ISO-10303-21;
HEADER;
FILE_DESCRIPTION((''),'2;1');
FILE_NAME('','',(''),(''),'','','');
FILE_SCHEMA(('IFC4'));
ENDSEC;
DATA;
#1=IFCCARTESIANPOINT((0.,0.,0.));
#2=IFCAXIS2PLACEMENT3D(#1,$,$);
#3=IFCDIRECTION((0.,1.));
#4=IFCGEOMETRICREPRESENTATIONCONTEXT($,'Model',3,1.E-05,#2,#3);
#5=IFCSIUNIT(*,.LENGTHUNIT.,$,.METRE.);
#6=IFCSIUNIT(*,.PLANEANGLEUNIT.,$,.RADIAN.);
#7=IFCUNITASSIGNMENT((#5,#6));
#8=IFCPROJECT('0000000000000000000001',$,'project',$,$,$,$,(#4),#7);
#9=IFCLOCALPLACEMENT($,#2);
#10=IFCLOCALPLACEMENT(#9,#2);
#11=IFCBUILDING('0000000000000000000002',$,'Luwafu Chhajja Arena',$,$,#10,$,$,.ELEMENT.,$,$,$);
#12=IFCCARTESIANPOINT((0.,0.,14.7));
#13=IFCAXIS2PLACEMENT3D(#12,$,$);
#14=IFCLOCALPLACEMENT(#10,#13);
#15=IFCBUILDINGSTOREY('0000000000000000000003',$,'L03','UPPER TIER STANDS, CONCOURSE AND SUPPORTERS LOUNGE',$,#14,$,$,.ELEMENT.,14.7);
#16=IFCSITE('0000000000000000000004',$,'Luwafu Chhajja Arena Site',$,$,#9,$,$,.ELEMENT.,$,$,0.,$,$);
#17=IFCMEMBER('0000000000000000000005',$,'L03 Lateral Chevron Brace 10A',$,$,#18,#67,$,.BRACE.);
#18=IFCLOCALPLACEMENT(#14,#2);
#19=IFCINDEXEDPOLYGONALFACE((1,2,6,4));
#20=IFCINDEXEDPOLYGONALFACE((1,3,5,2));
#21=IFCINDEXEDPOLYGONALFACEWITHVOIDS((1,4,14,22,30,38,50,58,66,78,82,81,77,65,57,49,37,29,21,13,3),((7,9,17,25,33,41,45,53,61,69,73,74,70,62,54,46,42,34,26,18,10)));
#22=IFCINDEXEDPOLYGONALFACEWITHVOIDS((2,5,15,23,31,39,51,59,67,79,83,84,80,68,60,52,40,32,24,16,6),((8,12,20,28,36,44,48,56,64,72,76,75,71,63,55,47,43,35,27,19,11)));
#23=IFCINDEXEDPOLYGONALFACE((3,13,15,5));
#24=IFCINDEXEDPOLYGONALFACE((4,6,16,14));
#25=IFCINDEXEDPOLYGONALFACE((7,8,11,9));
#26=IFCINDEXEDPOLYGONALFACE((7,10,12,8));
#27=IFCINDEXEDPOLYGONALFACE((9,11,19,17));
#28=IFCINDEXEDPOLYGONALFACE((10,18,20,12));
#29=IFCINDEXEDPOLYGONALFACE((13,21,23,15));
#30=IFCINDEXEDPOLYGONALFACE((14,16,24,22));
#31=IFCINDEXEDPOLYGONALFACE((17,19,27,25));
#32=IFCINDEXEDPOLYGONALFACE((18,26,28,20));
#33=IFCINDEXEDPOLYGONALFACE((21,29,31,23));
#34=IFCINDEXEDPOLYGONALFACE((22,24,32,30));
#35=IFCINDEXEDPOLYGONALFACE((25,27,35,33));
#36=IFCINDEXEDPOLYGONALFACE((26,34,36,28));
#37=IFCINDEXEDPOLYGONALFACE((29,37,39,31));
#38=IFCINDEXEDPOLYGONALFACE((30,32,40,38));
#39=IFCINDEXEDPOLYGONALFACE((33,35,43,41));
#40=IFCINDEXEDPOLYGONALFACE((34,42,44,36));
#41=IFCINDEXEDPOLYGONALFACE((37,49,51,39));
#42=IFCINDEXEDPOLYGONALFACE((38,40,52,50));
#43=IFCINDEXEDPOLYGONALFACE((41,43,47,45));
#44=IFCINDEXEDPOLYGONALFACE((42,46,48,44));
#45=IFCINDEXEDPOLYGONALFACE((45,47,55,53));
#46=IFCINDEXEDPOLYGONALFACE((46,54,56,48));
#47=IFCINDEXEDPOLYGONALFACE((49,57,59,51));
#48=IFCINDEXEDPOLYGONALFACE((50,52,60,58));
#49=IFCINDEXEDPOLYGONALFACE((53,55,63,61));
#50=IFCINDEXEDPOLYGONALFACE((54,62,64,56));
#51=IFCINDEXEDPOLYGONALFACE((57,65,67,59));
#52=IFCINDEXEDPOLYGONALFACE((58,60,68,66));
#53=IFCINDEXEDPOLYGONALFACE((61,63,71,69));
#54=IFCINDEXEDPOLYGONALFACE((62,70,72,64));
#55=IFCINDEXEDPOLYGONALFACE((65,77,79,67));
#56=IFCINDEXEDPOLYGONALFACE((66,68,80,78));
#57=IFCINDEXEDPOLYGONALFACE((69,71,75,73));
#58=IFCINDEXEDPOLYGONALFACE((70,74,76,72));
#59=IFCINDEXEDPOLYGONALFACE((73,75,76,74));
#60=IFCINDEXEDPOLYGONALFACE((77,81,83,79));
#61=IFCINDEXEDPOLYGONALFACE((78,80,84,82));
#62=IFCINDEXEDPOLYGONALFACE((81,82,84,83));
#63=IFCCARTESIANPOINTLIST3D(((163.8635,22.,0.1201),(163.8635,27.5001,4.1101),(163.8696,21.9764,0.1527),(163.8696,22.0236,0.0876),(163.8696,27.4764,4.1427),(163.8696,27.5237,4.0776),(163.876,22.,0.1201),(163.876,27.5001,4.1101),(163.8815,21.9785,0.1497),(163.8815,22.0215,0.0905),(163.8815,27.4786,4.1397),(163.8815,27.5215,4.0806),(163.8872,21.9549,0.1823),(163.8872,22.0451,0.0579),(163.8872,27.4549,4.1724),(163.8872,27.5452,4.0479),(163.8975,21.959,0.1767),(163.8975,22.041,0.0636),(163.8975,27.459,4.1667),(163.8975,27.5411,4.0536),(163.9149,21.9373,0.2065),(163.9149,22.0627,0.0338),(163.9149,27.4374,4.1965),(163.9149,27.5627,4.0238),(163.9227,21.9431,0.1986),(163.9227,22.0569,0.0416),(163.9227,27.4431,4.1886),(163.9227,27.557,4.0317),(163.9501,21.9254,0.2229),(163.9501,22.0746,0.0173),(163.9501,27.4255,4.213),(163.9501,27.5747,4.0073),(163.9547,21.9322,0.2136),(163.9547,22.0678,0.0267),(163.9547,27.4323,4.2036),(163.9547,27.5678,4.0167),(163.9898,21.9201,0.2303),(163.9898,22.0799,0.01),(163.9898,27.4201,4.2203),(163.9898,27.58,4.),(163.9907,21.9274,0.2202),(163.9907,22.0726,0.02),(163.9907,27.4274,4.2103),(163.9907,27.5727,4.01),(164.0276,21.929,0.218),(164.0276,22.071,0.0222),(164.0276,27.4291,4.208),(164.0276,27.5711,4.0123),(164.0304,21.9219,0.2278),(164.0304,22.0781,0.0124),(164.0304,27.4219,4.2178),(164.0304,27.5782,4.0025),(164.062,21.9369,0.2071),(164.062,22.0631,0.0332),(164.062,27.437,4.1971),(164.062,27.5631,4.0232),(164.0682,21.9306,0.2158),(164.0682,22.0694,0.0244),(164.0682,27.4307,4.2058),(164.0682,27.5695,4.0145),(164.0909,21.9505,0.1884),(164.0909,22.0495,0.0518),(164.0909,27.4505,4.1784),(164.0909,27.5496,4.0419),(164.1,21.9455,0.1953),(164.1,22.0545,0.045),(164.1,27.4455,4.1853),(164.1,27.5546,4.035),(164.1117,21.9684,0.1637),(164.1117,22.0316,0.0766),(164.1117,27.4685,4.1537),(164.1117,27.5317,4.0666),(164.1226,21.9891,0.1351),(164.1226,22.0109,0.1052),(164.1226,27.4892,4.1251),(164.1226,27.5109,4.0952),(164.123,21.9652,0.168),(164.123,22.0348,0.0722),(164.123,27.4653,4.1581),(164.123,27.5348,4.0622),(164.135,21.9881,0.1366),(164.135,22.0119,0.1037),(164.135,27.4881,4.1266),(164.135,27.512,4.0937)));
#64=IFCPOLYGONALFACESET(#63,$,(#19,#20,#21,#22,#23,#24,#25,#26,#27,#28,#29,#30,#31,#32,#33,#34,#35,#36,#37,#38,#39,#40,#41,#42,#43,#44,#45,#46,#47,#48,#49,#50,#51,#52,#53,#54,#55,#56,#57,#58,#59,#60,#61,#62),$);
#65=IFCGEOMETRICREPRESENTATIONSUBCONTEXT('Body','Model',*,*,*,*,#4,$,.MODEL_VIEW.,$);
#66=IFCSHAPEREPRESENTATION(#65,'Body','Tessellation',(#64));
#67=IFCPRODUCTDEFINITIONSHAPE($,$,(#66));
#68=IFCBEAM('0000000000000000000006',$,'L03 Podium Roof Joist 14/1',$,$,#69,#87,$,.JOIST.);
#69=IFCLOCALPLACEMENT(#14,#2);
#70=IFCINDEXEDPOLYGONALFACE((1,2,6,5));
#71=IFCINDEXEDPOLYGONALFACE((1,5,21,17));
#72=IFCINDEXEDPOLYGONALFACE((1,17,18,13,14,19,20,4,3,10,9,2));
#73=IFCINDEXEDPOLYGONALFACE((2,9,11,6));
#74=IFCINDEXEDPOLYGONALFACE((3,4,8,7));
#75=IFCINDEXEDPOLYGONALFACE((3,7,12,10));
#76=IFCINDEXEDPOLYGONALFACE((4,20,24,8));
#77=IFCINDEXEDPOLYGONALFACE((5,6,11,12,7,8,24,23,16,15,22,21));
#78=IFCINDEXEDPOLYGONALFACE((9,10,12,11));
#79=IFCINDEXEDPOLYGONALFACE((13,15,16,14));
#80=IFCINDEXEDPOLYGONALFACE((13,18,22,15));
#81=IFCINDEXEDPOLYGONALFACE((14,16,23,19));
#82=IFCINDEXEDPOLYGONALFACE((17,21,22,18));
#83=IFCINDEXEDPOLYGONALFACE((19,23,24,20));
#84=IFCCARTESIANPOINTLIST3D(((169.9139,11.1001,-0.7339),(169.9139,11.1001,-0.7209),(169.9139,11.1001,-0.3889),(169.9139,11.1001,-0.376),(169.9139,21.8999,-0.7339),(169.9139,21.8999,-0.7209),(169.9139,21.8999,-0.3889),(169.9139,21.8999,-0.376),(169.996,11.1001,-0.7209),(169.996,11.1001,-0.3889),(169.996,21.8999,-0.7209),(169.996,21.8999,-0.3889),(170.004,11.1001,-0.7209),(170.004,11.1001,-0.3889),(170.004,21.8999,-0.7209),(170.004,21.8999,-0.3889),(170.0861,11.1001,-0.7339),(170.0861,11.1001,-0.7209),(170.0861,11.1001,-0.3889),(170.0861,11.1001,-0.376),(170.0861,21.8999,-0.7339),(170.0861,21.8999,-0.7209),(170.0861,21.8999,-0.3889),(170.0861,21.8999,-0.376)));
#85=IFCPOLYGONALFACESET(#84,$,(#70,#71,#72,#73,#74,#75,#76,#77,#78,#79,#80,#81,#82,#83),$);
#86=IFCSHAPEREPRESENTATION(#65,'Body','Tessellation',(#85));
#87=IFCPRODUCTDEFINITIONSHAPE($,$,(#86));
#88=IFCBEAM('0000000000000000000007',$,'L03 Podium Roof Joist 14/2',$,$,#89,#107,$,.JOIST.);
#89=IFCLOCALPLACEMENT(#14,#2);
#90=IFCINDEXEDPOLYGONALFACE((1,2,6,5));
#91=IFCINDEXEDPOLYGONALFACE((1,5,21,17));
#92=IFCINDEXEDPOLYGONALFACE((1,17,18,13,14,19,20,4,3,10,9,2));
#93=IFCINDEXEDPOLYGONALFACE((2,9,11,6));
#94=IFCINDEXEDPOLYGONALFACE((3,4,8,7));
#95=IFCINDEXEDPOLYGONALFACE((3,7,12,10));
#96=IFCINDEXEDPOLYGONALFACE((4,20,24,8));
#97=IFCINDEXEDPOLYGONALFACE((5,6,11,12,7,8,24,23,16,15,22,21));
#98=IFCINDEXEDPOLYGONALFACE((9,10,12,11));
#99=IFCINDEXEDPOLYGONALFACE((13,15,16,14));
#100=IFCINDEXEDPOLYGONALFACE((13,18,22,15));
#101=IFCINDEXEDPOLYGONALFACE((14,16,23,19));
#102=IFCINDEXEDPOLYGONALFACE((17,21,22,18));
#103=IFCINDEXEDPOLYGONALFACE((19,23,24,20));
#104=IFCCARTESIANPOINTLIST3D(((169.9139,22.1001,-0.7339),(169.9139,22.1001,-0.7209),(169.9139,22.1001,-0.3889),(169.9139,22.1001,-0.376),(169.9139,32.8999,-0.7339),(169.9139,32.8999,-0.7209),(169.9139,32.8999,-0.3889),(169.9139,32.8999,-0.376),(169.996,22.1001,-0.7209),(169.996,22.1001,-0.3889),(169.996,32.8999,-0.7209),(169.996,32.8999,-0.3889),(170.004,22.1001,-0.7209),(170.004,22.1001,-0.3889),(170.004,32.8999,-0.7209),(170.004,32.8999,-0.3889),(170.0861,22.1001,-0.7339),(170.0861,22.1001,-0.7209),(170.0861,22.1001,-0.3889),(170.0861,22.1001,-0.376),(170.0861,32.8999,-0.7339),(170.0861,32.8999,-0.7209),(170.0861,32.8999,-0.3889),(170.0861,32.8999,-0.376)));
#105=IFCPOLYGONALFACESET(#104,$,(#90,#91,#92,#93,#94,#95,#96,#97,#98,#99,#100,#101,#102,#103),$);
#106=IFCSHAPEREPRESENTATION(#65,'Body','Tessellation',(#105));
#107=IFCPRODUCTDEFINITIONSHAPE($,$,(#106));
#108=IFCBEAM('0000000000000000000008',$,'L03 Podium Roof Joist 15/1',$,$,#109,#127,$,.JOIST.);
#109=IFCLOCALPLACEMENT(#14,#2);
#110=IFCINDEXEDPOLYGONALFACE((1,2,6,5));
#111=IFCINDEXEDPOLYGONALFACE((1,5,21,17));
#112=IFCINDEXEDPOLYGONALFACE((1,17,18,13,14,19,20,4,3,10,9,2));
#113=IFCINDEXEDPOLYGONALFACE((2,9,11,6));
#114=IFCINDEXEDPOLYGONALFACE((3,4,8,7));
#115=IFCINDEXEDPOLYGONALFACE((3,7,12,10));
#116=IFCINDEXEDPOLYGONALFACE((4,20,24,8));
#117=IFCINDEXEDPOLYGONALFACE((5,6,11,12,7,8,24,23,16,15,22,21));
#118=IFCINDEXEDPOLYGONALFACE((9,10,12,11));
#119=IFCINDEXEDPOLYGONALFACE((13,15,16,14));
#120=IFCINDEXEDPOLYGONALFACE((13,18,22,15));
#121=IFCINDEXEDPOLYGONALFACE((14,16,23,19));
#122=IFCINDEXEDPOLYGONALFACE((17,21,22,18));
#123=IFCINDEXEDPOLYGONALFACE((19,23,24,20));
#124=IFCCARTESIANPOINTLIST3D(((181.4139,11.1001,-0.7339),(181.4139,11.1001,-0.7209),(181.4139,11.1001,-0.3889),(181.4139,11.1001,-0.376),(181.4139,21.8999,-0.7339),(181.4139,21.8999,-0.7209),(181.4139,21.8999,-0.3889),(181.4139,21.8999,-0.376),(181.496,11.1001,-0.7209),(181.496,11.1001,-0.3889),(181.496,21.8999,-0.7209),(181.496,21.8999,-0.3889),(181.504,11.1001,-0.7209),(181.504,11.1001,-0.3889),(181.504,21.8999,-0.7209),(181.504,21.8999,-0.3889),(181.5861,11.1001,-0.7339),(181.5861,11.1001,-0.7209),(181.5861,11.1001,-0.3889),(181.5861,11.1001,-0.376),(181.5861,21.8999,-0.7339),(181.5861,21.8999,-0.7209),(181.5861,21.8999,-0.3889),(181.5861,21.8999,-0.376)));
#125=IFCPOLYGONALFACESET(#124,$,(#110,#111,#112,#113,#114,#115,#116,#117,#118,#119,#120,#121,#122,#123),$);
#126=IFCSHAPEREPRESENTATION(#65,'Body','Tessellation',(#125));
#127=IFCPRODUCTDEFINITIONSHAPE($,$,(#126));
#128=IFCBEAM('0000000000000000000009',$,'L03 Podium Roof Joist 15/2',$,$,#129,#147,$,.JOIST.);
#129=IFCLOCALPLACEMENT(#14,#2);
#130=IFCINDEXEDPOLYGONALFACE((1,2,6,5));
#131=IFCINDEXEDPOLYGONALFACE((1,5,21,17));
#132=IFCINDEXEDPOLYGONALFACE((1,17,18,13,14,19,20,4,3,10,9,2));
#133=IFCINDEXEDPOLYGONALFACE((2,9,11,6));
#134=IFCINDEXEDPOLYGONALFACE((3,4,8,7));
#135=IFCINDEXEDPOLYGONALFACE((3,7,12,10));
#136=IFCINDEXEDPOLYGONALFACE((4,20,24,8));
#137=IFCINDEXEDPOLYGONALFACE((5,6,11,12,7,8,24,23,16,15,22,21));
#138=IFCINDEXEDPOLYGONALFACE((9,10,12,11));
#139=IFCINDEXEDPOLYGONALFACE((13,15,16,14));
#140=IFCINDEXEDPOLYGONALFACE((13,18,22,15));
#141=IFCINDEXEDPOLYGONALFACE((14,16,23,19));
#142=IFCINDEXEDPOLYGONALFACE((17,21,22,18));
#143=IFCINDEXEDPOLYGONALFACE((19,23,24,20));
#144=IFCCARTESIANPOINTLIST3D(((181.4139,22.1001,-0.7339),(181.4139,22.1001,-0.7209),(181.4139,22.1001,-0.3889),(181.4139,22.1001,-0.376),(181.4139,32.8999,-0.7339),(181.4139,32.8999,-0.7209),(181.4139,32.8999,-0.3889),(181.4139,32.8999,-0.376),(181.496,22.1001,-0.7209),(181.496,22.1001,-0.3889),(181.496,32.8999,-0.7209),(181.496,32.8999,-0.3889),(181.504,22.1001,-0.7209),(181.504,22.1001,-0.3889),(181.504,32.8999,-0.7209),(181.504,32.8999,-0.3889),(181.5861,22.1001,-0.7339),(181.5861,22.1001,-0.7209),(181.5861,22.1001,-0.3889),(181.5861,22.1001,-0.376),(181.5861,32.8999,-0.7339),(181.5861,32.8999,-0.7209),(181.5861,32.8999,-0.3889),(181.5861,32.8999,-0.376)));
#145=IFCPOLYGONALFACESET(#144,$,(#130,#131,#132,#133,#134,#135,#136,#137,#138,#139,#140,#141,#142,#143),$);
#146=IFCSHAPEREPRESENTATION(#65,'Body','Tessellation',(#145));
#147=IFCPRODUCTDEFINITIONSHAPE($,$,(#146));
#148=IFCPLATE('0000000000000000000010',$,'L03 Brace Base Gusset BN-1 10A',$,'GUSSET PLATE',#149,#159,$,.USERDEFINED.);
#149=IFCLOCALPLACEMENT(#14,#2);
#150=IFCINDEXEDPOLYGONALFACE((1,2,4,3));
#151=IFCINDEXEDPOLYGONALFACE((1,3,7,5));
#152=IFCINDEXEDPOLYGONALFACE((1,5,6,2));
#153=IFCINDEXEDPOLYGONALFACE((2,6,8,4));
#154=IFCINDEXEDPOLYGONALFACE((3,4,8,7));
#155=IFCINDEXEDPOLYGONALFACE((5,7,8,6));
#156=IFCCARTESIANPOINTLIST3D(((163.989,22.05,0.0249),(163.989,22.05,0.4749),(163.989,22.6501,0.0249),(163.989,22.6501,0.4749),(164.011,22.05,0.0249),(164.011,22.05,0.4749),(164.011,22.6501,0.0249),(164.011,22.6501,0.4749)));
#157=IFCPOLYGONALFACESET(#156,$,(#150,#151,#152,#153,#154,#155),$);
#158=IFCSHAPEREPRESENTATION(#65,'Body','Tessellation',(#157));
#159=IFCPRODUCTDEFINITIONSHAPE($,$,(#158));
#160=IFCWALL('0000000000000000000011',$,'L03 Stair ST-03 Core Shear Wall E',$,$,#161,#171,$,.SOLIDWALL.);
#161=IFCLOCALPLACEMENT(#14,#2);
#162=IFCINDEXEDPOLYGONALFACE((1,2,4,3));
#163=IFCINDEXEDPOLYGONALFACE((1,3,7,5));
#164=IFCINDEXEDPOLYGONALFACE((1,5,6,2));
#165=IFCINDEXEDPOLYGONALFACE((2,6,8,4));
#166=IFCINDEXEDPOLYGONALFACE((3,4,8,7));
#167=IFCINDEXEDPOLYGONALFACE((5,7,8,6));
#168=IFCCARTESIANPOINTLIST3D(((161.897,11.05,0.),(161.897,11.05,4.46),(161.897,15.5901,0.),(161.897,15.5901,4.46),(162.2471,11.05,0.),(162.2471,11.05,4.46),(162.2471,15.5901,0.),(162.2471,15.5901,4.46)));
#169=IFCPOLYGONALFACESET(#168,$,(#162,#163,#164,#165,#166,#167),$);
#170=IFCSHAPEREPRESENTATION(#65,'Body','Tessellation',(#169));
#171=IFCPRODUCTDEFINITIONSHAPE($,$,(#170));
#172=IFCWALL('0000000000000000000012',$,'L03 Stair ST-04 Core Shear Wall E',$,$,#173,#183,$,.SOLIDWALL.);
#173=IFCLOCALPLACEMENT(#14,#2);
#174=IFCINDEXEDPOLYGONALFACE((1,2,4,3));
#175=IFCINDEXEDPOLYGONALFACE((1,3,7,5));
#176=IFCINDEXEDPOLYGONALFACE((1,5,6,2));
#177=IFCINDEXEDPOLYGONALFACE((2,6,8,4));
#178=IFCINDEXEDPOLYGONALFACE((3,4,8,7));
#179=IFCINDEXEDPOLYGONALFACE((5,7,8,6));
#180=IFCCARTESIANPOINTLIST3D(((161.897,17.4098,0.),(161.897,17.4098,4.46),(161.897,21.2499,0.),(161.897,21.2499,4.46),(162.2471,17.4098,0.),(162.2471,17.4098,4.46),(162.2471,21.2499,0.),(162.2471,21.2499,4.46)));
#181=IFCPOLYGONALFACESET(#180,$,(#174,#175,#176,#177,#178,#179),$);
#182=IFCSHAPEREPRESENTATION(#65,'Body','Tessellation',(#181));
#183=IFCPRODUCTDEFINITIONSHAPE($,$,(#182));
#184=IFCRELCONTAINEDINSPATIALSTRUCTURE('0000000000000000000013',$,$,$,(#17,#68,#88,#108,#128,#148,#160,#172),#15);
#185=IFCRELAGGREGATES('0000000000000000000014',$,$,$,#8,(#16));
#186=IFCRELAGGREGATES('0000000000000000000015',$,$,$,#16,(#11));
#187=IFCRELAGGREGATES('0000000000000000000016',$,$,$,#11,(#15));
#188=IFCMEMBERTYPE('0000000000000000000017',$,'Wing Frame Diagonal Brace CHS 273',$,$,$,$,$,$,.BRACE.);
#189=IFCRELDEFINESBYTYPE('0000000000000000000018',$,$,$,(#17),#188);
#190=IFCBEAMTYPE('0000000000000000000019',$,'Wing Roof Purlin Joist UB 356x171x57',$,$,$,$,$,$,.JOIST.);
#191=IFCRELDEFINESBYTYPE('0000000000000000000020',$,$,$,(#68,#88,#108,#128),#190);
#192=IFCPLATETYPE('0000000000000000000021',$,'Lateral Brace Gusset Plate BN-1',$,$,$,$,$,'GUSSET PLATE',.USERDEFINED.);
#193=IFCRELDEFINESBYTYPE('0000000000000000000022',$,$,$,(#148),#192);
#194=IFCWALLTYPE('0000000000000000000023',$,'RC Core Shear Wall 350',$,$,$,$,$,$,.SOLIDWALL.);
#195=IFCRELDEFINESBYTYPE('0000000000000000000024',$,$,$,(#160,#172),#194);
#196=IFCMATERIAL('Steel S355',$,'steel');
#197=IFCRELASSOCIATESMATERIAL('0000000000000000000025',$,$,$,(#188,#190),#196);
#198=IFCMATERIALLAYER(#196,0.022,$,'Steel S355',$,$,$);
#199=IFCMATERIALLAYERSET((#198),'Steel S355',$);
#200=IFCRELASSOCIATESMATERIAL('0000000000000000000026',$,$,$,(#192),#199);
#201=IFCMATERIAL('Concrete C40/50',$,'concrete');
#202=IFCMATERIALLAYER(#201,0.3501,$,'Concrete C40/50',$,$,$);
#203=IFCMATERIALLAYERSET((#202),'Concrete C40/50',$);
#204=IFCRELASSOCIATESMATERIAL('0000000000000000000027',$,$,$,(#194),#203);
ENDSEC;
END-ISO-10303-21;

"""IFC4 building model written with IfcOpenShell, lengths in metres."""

from ifc_helpers import new_model, si_unit, direction, frame, frame_2d, origin, origin_2d, place, context, subcontext, project, spatial, rectangle, hollow_circle, i_section, extrude, material, layer, layer_set, material_profile, profile_set, type_object, element, save


model = new_model("IFC4")

# Units and contexts
model_context = context("Model", 3, precision=1e-05, world=origin(), true_north=direction((0.0, 1.0)))
body_context = subcontext(model_context, "Body", "Model", "MODEL_VIEW")
ifc_project = project(units=[si_unit("LENGTHUNIT", "METRE"), si_unit("PLANEANGLEUNIT", "RADIAN")], contexts=[model_context])

# Site, building, storey
site_placement = place(None, origin())
site = spatial("IfcSite", under=ifc_project, at=site_placement, Name="Luwafu Chhajja Arena Site", CompositionType="ELEMENT", RefElevation=0.0)
building_placement = place(site_placement, origin())
building = spatial("IfcBuilding", under=site, at=building_placement, Name="Luwafu Chhajja Arena", CompositionType="ELEMENT")
storey_placement = place(building_placement, frame((0.0, 0.0, 14.7)))
storey = spatial("IfcBuildingStorey", under=building, at=storey_placement, Name="L03", Description="UPPER TIER STANDS, CONCOURSE AND SUPPORTERS LOUNGE", CompositionType="ELEMENT", Elevation=14.7)

# Shared definitions
ifc_material_1 = material(Name="Concrete C40/50", Category="concrete")

# Shared definitions
ifc_material_2 = material(Name="Steel S355", Category="steel")

# Member
ifc_material_profile_1 = material_profile(ifc_material_2, hollow_circle(Radius=0.1365, WallThickness=0.0125, at=origin_2d()), Name="CHS 273x12.5")
ifc_profile_set_1 = profile_set([ifc_material_profile_1], Name="Steel S355")
member_type = type_object("IfcMemberType", Name="Wing Frame Diagonal Brace CHS 273", PredefinedType="BRACE", material=ifc_profile_set_1)
member_placement = place(storey_placement, frame((164.0, 22.0, 0.1201), z_axis=(0.0, 0.809436, 0.587208), x_axis=(-1.0, 0.0, 0.0)))
element("IfcMember", 1, at=member_placement, inside=storey, type_object=member_type, Name="L03 Lateral Chevron Brace 10A", PredefinedType="BRACE", context=body_context, shape_type="SweptSolid", body=[
    extrude(hollow_circle(Radius=0.1365, WallThickness=0.0125, at=origin_2d()), origin(), (0.0, 0.0, 1.0), 6.7949),
])

# Beams
ifc_material_profile_2 = material_profile(ifc_material_2, i_section(OverallWidth=0.1721, OverallDepth=0.3579, WebThickness=0.0081, FlangeThickness=0.0129, at=origin_2d()), Name="UB 356x171x57")
ifc_profile_set_2 = profile_set([ifc_material_profile_2], Name="Steel S355")
beam_type_1 = type_object("IfcBeamType", Name="Wing Roof Purlin Joist UB 356x171x57", PredefinedType="JOIST", material=ifc_profile_set_2)
for number, where, z_axis, x_axis, name in (
    (2, (170.0, 11.1001, -0.5549), (0.0, 1.0, 0.0), (-1.0, 0.0, 0.0), "L03 Podium Roof Joist 14/1"),
    (3, (170.0, 22.1001, -0.5549), (0.0, 1.0, 0.0), (-1.0, 0.0, 0.0), "L03 Podium Roof Joist 14/2"),
    (4, (181.5, 11.1001, -0.5549), (0.0, 1.0, 0.0), (-1.0, 0.0, 0.0), "L03 Podium Roof Joist 15/1"),
    (5, (181.5, 22.1001, -0.5549), (0.0, 1.0, 0.0), (-1.0, 0.0, 0.0), "L03 Podium Roof Joist 15/2"),
):
    element("IfcBeam", number, at=place(storey_placement, frame(where, z_axis=z_axis, x_axis=x_axis)), inside=storey, type_object=beam_type_1, Name=name, PredefinedType="JOIST", context=body_context, shape_type="SweptSolid", body=[
        extrude(i_section(OverallWidth=0.1721, OverallDepth=0.3579, WebThickness=0.0081, FlangeThickness=0.0129, at=origin_2d()), origin(), (0.0, 0.0, 1.0), 10.7998),
    ])

# Plate
ifc_layer_1 = layer(ifc_material_2, 0.022, Name="Steel S355")
ifc_layer_set_1 = layer_set([ifc_layer_1], Name="Steel S355")
plate_type = type_object("IfcPlateType", Name="Lateral Brace Gusset Plate BN-1", ElementType="GUSSET PLATE", PredefinedType="USERDEFINED", material=ifc_layer_set_1)
plate_placement = place(storey_placement, frame((164.0, 22.3501, 0.0249), z_axis=(0.0, 0.0, 1.0), x_axis=(1.0, 0.0, 0.0)))
element("IfcPlate", 6, at=plate_placement, inside=storey, type_object=plate_type, Name="L03 Brace Base Gusset BN-1 10A", ObjectType="GUSSET PLATE", PredefinedType="USERDEFINED", context=body_context, shape_type="SweptSolid", body=[
    extrude(rectangle(XDim=0.022, YDim=0.6001, at=origin_2d()), origin(), (0.0, 0.0, 1.0), 0.45),
])

# Walls
ifc_layer_2 = layer(ifc_material_1, 0.3501, Name="Concrete C40/50")
ifc_layer_set_2 = layer_set([ifc_layer_2], Name="Concrete C40/50")
wall_type_1 = type_object("IfcWallType", Name="RC Core Shear Wall 350", PredefinedType="SOLIDWALL", material=ifc_layer_set_2)
wall_1_placement = place(storey_placement, frame((162.072, 11.05, 0.0), z_axis=(0.0, 0.0, 1.0), x_axis=(0.0, 1.0, 0.0)))
element("IfcWall", 7, at=wall_1_placement, inside=storey, type_object=wall_type_1, Name="L03 Stair ST-03 Core Shear Wall E", PredefinedType="SOLIDWALL", context=body_context, shape_type="SweptSolid", body=[
    extrude(rectangle(XDim=4.54, YDim=0.3501, at=frame_2d((2.27, 0.0))), origin(), (0.0, 0.0, 1.0), 4.46),
])
wall_2_placement = place(storey_placement, frame((162.072, 17.4099, 0.0), z_axis=(0.0, 0.0, 1.0), x_axis=(0.0, 1.0, 0.0)))
element("IfcWall", 8, at=wall_2_placement, inside=storey, type_object=wall_type_1, Name="L03 Stair ST-04 Core Shear Wall E", PredefinedType="SOLIDWALL", context=body_context, shape_type="SweptSolid", body=[
    extrude(rectangle(XDim=3.8401, YDim=0.3501, at=frame_2d((1.9199, 0.0))), origin(), (0.0, 0.0, 1.0), 4.46),
])

save(model, "model.ifc")
